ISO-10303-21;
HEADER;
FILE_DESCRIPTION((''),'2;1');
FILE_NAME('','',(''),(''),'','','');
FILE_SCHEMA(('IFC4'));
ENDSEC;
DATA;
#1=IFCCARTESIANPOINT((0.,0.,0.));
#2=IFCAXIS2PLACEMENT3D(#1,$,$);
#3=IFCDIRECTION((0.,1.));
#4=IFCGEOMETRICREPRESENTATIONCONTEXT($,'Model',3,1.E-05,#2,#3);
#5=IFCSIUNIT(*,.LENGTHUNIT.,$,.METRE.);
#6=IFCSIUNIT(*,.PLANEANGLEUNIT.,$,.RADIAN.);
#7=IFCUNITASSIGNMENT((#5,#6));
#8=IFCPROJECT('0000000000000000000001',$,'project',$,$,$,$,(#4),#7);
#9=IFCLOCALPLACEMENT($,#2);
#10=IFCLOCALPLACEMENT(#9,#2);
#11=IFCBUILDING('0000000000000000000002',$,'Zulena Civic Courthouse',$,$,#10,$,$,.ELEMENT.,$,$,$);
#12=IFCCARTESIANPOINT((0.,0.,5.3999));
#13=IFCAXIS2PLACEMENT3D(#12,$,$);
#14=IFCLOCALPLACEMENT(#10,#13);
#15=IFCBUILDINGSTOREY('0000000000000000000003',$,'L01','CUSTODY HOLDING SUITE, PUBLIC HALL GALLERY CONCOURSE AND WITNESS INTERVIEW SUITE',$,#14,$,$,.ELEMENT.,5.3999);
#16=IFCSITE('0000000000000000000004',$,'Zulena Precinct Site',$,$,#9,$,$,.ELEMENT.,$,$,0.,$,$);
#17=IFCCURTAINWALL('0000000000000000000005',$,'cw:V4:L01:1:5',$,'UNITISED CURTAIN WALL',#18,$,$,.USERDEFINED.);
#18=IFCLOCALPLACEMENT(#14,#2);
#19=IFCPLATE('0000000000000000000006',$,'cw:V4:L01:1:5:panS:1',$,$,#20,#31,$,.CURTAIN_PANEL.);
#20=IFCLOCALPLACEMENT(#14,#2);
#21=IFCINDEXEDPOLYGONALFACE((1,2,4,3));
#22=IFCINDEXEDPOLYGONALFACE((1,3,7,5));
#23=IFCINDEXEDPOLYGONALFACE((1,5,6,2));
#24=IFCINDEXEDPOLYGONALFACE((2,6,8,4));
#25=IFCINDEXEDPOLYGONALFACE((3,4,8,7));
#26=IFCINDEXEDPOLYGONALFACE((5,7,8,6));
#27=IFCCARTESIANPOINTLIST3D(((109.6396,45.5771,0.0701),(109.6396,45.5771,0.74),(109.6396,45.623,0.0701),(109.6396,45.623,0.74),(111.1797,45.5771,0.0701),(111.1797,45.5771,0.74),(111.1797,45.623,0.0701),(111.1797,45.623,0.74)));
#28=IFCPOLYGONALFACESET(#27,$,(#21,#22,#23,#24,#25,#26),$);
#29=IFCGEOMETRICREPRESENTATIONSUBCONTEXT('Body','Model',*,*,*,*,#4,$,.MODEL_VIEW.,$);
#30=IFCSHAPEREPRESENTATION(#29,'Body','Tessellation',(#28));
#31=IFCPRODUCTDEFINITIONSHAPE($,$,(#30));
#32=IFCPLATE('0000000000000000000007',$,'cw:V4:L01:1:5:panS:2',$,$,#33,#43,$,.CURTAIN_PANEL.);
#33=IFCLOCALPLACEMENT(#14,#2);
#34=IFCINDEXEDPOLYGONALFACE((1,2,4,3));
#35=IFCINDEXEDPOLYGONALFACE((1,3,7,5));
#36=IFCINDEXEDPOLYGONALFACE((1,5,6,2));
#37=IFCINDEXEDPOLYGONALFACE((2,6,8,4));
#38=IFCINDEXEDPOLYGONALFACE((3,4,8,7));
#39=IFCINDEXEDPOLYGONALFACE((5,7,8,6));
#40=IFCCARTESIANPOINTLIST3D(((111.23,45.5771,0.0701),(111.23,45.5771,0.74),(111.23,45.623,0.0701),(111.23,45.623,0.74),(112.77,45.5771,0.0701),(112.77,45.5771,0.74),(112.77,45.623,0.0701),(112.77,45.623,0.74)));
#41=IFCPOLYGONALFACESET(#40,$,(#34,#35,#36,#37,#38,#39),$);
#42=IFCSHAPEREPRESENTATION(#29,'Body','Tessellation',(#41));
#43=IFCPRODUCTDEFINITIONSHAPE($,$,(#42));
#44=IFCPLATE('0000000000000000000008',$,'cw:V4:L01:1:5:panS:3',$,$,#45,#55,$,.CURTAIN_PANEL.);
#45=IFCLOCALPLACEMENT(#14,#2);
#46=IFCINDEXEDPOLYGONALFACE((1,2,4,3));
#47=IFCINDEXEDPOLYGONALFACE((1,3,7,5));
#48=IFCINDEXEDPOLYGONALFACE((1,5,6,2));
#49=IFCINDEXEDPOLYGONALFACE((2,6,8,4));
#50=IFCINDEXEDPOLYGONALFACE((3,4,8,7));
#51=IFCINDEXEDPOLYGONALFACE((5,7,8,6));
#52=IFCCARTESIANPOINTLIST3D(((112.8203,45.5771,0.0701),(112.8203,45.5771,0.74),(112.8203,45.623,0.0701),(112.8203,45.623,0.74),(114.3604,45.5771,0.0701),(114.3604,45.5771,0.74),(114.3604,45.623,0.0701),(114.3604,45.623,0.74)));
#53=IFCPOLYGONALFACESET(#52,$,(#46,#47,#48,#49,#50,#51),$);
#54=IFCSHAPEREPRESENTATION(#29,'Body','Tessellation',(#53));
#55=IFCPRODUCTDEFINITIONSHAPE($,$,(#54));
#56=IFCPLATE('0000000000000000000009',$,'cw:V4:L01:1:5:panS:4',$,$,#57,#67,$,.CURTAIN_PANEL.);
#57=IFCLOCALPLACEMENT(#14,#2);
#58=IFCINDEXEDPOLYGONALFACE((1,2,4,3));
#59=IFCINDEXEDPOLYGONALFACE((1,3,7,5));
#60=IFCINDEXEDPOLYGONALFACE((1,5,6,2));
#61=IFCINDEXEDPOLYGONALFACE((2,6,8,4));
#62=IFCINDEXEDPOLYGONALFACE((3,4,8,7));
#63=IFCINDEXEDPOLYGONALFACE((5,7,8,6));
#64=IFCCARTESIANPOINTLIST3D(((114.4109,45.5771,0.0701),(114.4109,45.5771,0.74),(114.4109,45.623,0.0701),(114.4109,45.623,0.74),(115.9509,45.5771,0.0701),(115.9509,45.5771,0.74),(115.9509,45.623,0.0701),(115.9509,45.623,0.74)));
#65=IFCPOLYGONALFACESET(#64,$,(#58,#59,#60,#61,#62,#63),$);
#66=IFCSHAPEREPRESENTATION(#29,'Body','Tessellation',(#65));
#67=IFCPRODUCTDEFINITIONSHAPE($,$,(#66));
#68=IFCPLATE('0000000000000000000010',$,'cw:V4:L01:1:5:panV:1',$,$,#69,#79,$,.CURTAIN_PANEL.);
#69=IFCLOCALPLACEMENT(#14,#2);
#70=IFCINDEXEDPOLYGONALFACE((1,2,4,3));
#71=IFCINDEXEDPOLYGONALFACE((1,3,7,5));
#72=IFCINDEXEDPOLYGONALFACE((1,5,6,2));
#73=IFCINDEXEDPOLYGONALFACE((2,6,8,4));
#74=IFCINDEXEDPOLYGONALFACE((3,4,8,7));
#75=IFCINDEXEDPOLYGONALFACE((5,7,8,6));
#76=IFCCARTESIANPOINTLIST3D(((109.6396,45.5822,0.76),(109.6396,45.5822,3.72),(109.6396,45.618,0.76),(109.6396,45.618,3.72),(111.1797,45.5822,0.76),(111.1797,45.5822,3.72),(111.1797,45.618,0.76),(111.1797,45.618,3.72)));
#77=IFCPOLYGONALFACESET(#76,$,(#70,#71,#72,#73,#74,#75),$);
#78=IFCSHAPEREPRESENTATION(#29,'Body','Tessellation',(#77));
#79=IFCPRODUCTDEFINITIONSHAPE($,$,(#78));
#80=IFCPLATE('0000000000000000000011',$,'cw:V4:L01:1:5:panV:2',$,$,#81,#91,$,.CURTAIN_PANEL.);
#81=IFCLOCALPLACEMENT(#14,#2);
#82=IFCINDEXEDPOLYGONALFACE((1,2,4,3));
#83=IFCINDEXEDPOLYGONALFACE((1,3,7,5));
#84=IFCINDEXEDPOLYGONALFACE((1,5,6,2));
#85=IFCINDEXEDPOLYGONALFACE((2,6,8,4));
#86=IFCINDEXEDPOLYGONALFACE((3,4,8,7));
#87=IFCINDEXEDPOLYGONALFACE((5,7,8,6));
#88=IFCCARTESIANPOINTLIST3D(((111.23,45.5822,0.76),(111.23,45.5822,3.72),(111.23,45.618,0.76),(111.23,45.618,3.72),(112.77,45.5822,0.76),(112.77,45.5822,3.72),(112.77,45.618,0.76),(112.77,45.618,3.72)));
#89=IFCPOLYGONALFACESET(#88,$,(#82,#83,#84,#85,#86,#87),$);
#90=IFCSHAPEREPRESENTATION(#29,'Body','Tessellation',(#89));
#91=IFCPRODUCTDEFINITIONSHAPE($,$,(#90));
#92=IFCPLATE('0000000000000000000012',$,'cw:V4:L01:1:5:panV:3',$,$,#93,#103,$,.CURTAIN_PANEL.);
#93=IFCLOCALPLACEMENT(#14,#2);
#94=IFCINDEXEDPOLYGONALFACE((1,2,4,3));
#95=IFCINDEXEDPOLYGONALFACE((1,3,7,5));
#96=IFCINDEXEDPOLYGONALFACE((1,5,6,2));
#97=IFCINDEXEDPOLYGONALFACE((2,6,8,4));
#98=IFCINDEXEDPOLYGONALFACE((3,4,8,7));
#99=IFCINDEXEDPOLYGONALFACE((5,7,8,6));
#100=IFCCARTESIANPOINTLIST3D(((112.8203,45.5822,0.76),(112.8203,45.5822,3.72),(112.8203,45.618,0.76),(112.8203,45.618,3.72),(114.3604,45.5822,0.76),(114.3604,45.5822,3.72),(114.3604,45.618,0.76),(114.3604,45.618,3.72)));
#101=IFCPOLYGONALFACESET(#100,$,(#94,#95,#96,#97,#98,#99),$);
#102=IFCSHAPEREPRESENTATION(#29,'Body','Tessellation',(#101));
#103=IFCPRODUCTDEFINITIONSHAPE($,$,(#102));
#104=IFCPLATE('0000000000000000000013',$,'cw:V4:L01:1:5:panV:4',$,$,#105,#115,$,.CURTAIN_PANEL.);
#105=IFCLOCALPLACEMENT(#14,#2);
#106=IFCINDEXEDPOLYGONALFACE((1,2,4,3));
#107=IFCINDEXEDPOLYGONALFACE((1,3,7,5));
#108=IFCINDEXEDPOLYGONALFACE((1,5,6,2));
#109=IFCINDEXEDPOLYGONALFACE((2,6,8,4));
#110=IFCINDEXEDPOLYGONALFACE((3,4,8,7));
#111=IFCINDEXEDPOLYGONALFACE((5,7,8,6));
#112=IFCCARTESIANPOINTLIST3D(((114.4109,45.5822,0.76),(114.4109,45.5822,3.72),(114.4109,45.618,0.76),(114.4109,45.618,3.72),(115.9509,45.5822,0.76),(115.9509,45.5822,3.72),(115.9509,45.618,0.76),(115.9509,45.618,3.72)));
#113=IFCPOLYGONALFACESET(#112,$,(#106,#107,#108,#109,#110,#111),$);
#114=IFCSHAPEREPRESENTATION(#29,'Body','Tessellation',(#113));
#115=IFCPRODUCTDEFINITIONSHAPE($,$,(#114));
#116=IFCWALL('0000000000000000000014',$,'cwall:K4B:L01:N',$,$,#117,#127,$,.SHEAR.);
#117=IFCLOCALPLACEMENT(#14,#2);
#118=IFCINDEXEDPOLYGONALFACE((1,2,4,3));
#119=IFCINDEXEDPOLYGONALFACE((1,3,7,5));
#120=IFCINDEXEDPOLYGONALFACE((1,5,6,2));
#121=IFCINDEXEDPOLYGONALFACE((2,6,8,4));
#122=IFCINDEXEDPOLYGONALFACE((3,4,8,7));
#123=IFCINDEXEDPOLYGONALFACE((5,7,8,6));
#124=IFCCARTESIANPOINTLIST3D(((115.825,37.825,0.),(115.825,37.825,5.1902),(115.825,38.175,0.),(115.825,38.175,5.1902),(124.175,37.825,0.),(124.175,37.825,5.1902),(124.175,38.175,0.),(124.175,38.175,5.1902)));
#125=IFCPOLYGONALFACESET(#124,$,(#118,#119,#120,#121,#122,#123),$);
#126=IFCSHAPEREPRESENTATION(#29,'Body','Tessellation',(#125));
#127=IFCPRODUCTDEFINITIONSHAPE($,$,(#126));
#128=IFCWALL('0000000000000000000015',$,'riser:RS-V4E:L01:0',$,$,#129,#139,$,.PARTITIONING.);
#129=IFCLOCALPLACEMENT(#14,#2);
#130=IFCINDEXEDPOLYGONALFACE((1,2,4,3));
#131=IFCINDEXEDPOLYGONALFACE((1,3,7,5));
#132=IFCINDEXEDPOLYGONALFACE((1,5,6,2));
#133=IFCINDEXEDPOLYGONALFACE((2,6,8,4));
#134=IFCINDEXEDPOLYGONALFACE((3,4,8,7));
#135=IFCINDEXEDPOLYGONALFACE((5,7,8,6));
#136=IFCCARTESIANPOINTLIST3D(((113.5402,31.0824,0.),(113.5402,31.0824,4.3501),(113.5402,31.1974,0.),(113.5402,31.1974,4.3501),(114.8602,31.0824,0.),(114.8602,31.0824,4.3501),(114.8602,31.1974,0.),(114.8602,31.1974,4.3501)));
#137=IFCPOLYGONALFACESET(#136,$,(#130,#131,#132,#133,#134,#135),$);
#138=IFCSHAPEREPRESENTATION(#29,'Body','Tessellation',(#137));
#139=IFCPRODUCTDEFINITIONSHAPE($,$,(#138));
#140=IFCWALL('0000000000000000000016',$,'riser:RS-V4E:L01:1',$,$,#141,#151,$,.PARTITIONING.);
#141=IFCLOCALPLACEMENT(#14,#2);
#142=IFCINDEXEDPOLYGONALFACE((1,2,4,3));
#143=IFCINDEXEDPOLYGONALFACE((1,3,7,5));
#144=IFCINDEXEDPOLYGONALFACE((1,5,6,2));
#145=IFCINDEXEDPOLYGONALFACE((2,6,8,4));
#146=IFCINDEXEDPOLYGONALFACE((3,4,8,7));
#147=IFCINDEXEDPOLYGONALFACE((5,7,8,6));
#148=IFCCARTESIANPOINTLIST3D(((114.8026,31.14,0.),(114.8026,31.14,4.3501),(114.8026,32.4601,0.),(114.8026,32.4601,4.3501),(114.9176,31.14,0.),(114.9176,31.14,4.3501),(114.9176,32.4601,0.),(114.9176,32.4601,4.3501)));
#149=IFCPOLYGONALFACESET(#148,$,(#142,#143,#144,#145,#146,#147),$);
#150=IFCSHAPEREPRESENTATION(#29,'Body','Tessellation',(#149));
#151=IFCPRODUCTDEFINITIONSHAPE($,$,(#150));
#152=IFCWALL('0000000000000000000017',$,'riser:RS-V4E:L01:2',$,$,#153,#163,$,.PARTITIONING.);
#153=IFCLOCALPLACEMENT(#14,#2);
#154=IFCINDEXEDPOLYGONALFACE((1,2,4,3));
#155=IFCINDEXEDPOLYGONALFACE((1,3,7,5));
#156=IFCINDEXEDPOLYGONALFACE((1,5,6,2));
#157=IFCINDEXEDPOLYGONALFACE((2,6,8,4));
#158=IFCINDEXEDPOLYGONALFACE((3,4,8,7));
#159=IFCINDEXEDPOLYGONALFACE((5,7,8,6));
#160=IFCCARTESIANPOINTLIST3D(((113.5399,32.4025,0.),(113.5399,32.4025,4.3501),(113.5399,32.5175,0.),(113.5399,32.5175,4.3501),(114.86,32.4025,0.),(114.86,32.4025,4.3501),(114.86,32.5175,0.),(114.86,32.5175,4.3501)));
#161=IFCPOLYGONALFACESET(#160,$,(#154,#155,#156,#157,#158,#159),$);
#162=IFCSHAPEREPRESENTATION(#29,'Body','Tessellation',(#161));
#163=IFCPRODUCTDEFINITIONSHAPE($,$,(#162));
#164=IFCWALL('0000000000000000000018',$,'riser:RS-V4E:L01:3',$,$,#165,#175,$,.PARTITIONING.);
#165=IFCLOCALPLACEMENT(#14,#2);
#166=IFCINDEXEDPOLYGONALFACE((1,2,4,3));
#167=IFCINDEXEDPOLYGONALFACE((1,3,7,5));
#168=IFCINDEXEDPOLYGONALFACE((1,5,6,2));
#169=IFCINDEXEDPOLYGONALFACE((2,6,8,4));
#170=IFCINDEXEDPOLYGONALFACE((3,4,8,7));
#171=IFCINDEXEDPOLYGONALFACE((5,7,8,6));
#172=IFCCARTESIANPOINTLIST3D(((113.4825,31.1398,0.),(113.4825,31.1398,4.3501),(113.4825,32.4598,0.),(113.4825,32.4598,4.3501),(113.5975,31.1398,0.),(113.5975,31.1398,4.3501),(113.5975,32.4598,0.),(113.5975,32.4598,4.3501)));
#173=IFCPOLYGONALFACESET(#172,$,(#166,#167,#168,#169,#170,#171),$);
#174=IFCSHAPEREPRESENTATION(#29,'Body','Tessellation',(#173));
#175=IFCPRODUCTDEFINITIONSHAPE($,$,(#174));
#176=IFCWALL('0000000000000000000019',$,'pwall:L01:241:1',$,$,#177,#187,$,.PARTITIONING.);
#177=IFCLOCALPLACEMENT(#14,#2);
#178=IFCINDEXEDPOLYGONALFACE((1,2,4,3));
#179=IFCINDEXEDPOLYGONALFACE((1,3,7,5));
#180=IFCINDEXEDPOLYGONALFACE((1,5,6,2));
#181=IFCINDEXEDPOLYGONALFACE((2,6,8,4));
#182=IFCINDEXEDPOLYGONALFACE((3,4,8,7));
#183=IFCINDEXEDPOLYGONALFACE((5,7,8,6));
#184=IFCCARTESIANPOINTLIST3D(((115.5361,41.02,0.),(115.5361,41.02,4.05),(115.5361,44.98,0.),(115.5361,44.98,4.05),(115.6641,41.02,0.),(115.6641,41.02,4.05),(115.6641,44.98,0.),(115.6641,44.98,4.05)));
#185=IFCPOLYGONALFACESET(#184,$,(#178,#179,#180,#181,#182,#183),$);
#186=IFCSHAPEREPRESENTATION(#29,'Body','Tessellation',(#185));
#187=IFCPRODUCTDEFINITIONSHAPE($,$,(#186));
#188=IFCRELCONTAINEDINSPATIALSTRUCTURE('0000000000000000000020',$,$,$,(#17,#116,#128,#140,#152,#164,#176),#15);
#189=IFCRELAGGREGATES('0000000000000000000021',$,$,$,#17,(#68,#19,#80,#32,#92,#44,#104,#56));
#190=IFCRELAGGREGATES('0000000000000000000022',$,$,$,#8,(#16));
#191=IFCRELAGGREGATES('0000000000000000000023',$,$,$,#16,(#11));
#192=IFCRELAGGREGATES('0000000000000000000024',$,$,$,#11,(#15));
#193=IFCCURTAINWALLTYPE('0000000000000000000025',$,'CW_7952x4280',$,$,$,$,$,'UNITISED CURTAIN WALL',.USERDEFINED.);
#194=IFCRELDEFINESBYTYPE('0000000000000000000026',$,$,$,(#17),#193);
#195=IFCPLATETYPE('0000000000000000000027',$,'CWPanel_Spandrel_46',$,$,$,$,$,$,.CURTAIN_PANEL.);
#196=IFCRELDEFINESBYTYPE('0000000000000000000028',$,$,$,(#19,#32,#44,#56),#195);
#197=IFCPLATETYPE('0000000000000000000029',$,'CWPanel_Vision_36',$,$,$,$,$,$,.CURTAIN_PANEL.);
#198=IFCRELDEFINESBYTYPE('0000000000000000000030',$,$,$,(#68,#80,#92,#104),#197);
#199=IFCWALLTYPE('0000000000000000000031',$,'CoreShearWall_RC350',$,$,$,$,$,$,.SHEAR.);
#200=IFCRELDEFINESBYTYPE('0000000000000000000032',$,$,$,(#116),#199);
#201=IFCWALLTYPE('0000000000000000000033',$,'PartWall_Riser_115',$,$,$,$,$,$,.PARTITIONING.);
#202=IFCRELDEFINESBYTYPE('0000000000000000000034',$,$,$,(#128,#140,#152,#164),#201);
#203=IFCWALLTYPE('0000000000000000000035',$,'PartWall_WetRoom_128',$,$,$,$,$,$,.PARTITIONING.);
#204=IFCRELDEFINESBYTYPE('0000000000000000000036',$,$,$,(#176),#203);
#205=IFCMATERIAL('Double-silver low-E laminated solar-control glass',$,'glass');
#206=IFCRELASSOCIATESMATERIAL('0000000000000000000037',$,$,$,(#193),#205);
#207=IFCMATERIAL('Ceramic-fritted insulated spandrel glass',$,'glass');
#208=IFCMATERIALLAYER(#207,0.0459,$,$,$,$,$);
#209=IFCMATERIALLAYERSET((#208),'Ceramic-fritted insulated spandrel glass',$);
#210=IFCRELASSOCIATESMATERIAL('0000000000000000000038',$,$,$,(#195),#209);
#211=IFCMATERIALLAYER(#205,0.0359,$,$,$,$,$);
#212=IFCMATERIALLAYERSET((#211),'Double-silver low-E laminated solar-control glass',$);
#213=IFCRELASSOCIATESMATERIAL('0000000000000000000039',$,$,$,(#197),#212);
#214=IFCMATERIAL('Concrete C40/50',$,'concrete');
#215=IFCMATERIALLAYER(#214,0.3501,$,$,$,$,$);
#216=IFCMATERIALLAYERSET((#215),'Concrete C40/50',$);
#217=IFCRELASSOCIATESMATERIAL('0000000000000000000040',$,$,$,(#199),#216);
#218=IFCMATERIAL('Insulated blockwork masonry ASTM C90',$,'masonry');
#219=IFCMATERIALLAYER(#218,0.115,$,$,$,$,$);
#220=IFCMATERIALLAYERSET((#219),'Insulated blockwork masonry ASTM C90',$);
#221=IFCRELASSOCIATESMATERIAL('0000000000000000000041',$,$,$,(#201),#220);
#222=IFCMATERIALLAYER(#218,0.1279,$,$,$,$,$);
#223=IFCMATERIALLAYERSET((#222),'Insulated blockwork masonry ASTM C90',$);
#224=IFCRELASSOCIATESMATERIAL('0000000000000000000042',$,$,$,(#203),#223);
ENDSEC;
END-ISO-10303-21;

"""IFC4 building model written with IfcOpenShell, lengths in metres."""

from ifc_helpers import new_model, si_unit, direction, frame, frame_2d, origin, origin_2d, place, context, subcontext, project, spatial, rectangle, extrude, material, layer, layer_set, type_object, element, aggregate, save


model = new_model("IFC4")

# Units and contexts
model_context = context("Model", 3, precision=1e-05, world=origin(), true_north=direction((0.0, 1.0)))
body_context = subcontext(model_context, "Body", "Model", "MODEL_VIEW")
ifc_project = project(units=[si_unit("LENGTHUNIT", "METRE"), si_unit("PLANEANGLEUNIT", "RADIAN")], contexts=[model_context])

# Site, building, storey
site_placement = place(None, origin())
site = spatial("IfcSite", under=ifc_project, at=site_placement, Name="Zulena Precinct Site", CompositionType="ELEMENT", RefElevation=0.0)
building_placement = place(site_placement, origin())
building = spatial("IfcBuilding", under=site, at=building_placement, Name="Zulena Civic Courthouse", CompositionType="ELEMENT")
storey_placement = place(building_placement, frame((0.0, 0.0, 5.3999)))
storey = spatial("IfcBuildingStorey", under=building, at=storey_placement, Name="L01", Description="CUSTODY HOLDING SUITE, PUBLIC HALL GALLERY CONCOURSE AND WITNESS INTERVIEW SUITE", CompositionType="ELEMENT", Elevation=5.3999)

# Curtain wall
ifc_material_1 = material(Name="Double-silver low-E laminated solar-control glass", Category="glass")
curtain_wall_type = type_object("IfcCurtainWallType", Name="CW_7952x4280", ElementType="UNITISED CURTAIN WALL", PredefinedType="USERDEFINED", material=ifc_material_1)
curtain_wall_1_placement = place(storey_placement, origin())
curtain_wall_1 = element("IfcCurtainWall", 1, at=curtain_wall_1_placement, inside=storey, type_object=curtain_wall_type, Name="cw:V4:L01:1:5", ObjectType="UNITISED CURTAIN WALL", PredefinedType="USERDEFINED")

# Plates
ifc_material_2 = material(Name="Ceramic-fritted insulated spandrel glass", Category="glass")
ifc_layer_1 = layer(ifc_material_2, 0.0459)
ifc_layer_set_1 = layer_set([ifc_layer_1], Name="Ceramic-fritted insulated spandrel glass")
plate_type_1 = type_object("IfcPlateType", Name="CWPanel_Spandrel_46", PredefinedType="CURTAIN_PANEL", material=ifc_layer_set_1)
plate_1_placement = place(storey_placement, frame((110.4097, 45.6001, 0.0701), z_axis=(0.0, 0.0, 1.0), x_axis=(1.0, 0.0, 0.0)))
plate_1 = element("IfcPlate", 2, at=plate_1_placement, type_object=plate_type_1, Name="cw:V4:L01:1:5:panS:1", PredefinedType="CURTAIN_PANEL", context=body_context, shape_type="SweptSolid", body=[
    extrude(rectangle(XDim=1.54, YDim=0.0459, at=origin_2d()), origin(), (0.0, 0.0, 1.0), 0.6699),
])
plate_2_placement = place(storey_placement, frame((112.0, 45.6001, 0.0701), z_axis=(0.0, 0.0, 1.0), x_axis=(1.0, 0.0, 0.0)))
plate_2 = element("IfcPlate", 3, at=plate_2_placement, type_object=plate_type_1, Name="cw:V4:L01:1:5:panS:2", PredefinedType="CURTAIN_PANEL", context=body_context, shape_type="SweptSolid", body=[
    extrude(rectangle(XDim=1.54, YDim=0.0459, at=origin_2d()), origin(), (0.0, 0.0, 1.0), 0.6699),
])
plate_3_placement = place(storey_placement, frame((113.5903, 45.6001, 0.0701), z_axis=(0.0, 0.0, 1.0), x_axis=(1.0, 0.0, 0.0)))
plate_3 = element("IfcPlate", 4, at=plate_3_placement, type_object=plate_type_1, Name="cw:V4:L01:1:5:panS:3", PredefinedType="CURTAIN_PANEL", context=body_context, shape_type="SweptSolid", body=[
    extrude(rectangle(XDim=1.54, YDim=0.0459, at=origin_2d()), origin(), (0.0, 0.0, 1.0), 0.6699),
])
plate_4_placement = place(storey_placement, frame((115.1809, 45.6001, 0.0701), z_axis=(0.0, 0.0, 1.0), x_axis=(1.0, 0.0, 0.0)))
plate_4 = element("IfcPlate", 5, at=plate_4_placement, type_object=plate_type_1, Name="cw:V4:L01:1:5:panS:4", PredefinedType="CURTAIN_PANEL", context=body_context, shape_type="SweptSolid", body=[
    extrude(rectangle(XDim=1.54, YDim=0.0459, at=origin_2d()), origin(), (0.0, 0.0, 1.0), 0.6699),
])
ifc_layer_2 = layer(ifc_material_1, 0.0359)
ifc_layer_set_2 = layer_set([ifc_layer_2], Name="Double-silver low-E laminated solar-control glass")
plate_type_2 = type_object("IfcPlateType", Name="CWPanel_Vision_36", PredefinedType="CURTAIN_PANEL", material=ifc_layer_set_2)
plate_5_placement = place(storey_placement, frame((110.4097, 45.6001, 0.76), z_axis=(0.0, 0.0, 1.0), x_axis=(1.0, 0.0, 0.0)))
plate_5 = element("IfcPlate", 6, at=plate_5_placement, type_object=plate_type_2, Name="cw:V4:L01:1:5:panV:1", PredefinedType="CURTAIN_PANEL", context=body_context, shape_type="SweptSolid", body=[
    extrude(rectangle(XDim=1.54, YDim=0.0359, at=origin_2d()), origin(), (0.0, 0.0, 1.0), 2.96),
])
plate_6_placement = place(storey_placement, frame((112.0, 45.6001, 0.76), z_axis=(0.0, 0.0, 1.0), x_axis=(1.0, 0.0, 0.0)))
plate_6 = element("IfcPlate", 7, at=plate_6_placement, type_object=plate_type_2, Name="cw:V4:L01:1:5:panV:2", PredefinedType="CURTAIN_PANEL", context=body_context, shape_type="SweptSolid", body=[
    extrude(rectangle(XDim=1.54, YDim=0.0359, at=origin_2d()), origin(), (0.0, 0.0, 1.0), 2.96),
])
plate_7_placement = place(storey_placement, frame((113.5903, 45.6001, 0.76), z_axis=(0.0, 0.0, 1.0), x_axis=(1.0, 0.0, 0.0)))
plate_7 = element("IfcPlate", 8, at=plate_7_placement, type_object=plate_type_2, Name="cw:V4:L01:1:5:panV:3", PredefinedType="CURTAIN_PANEL", context=body_context, shape_type="SweptSolid", body=[
    extrude(rectangle(XDim=1.54, YDim=0.0359, at=origin_2d()), origin(), (0.0, 0.0, 1.0), 2.96),
])
plate_8_placement = place(storey_placement, frame((115.1809, 45.6001, 0.76), z_axis=(0.0, 0.0, 1.0), x_axis=(1.0, 0.0, 0.0)))
plate_8 = element("IfcPlate", 9, at=plate_8_placement, type_object=plate_type_2, Name="cw:V4:L01:1:5:panV:4", PredefinedType="CURTAIN_PANEL", context=body_context, shape_type="SweptSolid", body=[
    extrude(rectangle(XDim=1.54, YDim=0.0359, at=origin_2d()), origin(), (0.0, 0.0, 1.0), 2.96),
])
aggregate(curtain_wall_1, [plate_5, plate_1, plate_6, plate_2, plate_7, plate_3, plate_8, plate_4])

# Walls
ifc_material_3 = material(Name="Concrete C40/50", Category="concrete")
ifc_layer_3 = layer(ifc_material_3, 0.3501)
ifc_layer_set_3 = layer_set([ifc_layer_3], Name="Concrete C40/50")
wall_type_1 = type_object("IfcWallType", Name="CoreShearWall_RC350", PredefinedType="SHEAR", material=ifc_layer_set_3)
wall_1_placement = place(storey_placement, frame((115.825, 38.0, 0.0), z_axis=(0.0, 0.0, 1.0), x_axis=(1.0, 0.0, 0.0)))
element("IfcWall", 10, at=wall_1_placement, inside=storey, type_object=wall_type_1, Name="cwall:K4B:L01:N", PredefinedType="SHEAR", context=body_context, shape_type="SweptSolid", body=[
    extrude(rectangle(XDim=8.3501, YDim=0.3501, at=frame_2d((4.175, 0.0))), origin(), (0.0, 0.0, 1.0), 5.1902),
])
ifc_material_4 = material(Name="Insulated blockwork masonry ASTM C90", Category="masonry")
ifc_layer_4 = layer(ifc_material_4, 0.115)
ifc_layer_set_4 = layer_set([ifc_layer_4], Name="Insulated blockwork masonry ASTM C90")
wall_type_2 = type_object("IfcWallType", Name="PartWall_Riser_115", PredefinedType="PARTITIONING", material=ifc_layer_set_4)
for number, where, z_axis, x_axis, name in (
    (11, (113.54, 31.1399, 0.0), (0.0, 0.0, 1.0), (1.0, 0.0, 0.0), "riser:RS-V4E:L01:0"),
    (12, (114.8601, 31.1399, 0.0), (0.0, 0.0, 1.0), (0.0, 1.0, 0.0), "riser:RS-V4E:L01:1"),
    (13, (114.8601, 32.46, 0.0), (0.0, 0.0, 1.0), (-1.0, 0.0, 0.0), "riser:RS-V4E:L01:2"),
    (14, (113.54, 32.46, 0.0), (0.0, 0.0, 1.0), (0.0, -1.0, 0.0), "riser:RS-V4E:L01:3"),
):
    element("IfcWall", number, at=place(storey_placement, frame(where, z_axis=z_axis, x_axis=x_axis)), inside=storey, type_object=wall_type_2, Name=name, PredefinedType="PARTITIONING", context=body_context, shape_type="SweptSolid", body=[
        extrude(rectangle(XDim=1.3201, YDim=0.115, at=frame_2d((0.6602, 0.0))), origin(), (0.0, 0.0, 1.0), 4.3501),
    ])
ifc_layer_5 = layer(ifc_material_4, 0.1279)
ifc_layer_set_5 = layer_set([ifc_layer_5], Name="Insulated blockwork masonry ASTM C90")
wall_type_3 = type_object("IfcWallType", Name="PartWall_WetRoom_128", PredefinedType="PARTITIONING", material=ifc_layer_set_5)
wall_2_placement = place(storey_placement, frame((115.6001, 41.02, 0.0), z_axis=(0.0, 0.0, 1.0), x_axis=(0.0, 1.0, 0.0)))
element("IfcWall", 15, at=wall_2_placement, inside=storey, type_object=wall_type_3, Name="pwall:L01:241:1", PredefinedType="PARTITIONING", context=body_context, shape_type="SweptSolid", body=[
    extrude(rectangle(XDim=3.96, YDim=0.1279, at=frame_2d((1.98, 0.0))), origin(), (0.0, 0.0, 1.0), 4.05),
])

save(model, "model.ifc")
